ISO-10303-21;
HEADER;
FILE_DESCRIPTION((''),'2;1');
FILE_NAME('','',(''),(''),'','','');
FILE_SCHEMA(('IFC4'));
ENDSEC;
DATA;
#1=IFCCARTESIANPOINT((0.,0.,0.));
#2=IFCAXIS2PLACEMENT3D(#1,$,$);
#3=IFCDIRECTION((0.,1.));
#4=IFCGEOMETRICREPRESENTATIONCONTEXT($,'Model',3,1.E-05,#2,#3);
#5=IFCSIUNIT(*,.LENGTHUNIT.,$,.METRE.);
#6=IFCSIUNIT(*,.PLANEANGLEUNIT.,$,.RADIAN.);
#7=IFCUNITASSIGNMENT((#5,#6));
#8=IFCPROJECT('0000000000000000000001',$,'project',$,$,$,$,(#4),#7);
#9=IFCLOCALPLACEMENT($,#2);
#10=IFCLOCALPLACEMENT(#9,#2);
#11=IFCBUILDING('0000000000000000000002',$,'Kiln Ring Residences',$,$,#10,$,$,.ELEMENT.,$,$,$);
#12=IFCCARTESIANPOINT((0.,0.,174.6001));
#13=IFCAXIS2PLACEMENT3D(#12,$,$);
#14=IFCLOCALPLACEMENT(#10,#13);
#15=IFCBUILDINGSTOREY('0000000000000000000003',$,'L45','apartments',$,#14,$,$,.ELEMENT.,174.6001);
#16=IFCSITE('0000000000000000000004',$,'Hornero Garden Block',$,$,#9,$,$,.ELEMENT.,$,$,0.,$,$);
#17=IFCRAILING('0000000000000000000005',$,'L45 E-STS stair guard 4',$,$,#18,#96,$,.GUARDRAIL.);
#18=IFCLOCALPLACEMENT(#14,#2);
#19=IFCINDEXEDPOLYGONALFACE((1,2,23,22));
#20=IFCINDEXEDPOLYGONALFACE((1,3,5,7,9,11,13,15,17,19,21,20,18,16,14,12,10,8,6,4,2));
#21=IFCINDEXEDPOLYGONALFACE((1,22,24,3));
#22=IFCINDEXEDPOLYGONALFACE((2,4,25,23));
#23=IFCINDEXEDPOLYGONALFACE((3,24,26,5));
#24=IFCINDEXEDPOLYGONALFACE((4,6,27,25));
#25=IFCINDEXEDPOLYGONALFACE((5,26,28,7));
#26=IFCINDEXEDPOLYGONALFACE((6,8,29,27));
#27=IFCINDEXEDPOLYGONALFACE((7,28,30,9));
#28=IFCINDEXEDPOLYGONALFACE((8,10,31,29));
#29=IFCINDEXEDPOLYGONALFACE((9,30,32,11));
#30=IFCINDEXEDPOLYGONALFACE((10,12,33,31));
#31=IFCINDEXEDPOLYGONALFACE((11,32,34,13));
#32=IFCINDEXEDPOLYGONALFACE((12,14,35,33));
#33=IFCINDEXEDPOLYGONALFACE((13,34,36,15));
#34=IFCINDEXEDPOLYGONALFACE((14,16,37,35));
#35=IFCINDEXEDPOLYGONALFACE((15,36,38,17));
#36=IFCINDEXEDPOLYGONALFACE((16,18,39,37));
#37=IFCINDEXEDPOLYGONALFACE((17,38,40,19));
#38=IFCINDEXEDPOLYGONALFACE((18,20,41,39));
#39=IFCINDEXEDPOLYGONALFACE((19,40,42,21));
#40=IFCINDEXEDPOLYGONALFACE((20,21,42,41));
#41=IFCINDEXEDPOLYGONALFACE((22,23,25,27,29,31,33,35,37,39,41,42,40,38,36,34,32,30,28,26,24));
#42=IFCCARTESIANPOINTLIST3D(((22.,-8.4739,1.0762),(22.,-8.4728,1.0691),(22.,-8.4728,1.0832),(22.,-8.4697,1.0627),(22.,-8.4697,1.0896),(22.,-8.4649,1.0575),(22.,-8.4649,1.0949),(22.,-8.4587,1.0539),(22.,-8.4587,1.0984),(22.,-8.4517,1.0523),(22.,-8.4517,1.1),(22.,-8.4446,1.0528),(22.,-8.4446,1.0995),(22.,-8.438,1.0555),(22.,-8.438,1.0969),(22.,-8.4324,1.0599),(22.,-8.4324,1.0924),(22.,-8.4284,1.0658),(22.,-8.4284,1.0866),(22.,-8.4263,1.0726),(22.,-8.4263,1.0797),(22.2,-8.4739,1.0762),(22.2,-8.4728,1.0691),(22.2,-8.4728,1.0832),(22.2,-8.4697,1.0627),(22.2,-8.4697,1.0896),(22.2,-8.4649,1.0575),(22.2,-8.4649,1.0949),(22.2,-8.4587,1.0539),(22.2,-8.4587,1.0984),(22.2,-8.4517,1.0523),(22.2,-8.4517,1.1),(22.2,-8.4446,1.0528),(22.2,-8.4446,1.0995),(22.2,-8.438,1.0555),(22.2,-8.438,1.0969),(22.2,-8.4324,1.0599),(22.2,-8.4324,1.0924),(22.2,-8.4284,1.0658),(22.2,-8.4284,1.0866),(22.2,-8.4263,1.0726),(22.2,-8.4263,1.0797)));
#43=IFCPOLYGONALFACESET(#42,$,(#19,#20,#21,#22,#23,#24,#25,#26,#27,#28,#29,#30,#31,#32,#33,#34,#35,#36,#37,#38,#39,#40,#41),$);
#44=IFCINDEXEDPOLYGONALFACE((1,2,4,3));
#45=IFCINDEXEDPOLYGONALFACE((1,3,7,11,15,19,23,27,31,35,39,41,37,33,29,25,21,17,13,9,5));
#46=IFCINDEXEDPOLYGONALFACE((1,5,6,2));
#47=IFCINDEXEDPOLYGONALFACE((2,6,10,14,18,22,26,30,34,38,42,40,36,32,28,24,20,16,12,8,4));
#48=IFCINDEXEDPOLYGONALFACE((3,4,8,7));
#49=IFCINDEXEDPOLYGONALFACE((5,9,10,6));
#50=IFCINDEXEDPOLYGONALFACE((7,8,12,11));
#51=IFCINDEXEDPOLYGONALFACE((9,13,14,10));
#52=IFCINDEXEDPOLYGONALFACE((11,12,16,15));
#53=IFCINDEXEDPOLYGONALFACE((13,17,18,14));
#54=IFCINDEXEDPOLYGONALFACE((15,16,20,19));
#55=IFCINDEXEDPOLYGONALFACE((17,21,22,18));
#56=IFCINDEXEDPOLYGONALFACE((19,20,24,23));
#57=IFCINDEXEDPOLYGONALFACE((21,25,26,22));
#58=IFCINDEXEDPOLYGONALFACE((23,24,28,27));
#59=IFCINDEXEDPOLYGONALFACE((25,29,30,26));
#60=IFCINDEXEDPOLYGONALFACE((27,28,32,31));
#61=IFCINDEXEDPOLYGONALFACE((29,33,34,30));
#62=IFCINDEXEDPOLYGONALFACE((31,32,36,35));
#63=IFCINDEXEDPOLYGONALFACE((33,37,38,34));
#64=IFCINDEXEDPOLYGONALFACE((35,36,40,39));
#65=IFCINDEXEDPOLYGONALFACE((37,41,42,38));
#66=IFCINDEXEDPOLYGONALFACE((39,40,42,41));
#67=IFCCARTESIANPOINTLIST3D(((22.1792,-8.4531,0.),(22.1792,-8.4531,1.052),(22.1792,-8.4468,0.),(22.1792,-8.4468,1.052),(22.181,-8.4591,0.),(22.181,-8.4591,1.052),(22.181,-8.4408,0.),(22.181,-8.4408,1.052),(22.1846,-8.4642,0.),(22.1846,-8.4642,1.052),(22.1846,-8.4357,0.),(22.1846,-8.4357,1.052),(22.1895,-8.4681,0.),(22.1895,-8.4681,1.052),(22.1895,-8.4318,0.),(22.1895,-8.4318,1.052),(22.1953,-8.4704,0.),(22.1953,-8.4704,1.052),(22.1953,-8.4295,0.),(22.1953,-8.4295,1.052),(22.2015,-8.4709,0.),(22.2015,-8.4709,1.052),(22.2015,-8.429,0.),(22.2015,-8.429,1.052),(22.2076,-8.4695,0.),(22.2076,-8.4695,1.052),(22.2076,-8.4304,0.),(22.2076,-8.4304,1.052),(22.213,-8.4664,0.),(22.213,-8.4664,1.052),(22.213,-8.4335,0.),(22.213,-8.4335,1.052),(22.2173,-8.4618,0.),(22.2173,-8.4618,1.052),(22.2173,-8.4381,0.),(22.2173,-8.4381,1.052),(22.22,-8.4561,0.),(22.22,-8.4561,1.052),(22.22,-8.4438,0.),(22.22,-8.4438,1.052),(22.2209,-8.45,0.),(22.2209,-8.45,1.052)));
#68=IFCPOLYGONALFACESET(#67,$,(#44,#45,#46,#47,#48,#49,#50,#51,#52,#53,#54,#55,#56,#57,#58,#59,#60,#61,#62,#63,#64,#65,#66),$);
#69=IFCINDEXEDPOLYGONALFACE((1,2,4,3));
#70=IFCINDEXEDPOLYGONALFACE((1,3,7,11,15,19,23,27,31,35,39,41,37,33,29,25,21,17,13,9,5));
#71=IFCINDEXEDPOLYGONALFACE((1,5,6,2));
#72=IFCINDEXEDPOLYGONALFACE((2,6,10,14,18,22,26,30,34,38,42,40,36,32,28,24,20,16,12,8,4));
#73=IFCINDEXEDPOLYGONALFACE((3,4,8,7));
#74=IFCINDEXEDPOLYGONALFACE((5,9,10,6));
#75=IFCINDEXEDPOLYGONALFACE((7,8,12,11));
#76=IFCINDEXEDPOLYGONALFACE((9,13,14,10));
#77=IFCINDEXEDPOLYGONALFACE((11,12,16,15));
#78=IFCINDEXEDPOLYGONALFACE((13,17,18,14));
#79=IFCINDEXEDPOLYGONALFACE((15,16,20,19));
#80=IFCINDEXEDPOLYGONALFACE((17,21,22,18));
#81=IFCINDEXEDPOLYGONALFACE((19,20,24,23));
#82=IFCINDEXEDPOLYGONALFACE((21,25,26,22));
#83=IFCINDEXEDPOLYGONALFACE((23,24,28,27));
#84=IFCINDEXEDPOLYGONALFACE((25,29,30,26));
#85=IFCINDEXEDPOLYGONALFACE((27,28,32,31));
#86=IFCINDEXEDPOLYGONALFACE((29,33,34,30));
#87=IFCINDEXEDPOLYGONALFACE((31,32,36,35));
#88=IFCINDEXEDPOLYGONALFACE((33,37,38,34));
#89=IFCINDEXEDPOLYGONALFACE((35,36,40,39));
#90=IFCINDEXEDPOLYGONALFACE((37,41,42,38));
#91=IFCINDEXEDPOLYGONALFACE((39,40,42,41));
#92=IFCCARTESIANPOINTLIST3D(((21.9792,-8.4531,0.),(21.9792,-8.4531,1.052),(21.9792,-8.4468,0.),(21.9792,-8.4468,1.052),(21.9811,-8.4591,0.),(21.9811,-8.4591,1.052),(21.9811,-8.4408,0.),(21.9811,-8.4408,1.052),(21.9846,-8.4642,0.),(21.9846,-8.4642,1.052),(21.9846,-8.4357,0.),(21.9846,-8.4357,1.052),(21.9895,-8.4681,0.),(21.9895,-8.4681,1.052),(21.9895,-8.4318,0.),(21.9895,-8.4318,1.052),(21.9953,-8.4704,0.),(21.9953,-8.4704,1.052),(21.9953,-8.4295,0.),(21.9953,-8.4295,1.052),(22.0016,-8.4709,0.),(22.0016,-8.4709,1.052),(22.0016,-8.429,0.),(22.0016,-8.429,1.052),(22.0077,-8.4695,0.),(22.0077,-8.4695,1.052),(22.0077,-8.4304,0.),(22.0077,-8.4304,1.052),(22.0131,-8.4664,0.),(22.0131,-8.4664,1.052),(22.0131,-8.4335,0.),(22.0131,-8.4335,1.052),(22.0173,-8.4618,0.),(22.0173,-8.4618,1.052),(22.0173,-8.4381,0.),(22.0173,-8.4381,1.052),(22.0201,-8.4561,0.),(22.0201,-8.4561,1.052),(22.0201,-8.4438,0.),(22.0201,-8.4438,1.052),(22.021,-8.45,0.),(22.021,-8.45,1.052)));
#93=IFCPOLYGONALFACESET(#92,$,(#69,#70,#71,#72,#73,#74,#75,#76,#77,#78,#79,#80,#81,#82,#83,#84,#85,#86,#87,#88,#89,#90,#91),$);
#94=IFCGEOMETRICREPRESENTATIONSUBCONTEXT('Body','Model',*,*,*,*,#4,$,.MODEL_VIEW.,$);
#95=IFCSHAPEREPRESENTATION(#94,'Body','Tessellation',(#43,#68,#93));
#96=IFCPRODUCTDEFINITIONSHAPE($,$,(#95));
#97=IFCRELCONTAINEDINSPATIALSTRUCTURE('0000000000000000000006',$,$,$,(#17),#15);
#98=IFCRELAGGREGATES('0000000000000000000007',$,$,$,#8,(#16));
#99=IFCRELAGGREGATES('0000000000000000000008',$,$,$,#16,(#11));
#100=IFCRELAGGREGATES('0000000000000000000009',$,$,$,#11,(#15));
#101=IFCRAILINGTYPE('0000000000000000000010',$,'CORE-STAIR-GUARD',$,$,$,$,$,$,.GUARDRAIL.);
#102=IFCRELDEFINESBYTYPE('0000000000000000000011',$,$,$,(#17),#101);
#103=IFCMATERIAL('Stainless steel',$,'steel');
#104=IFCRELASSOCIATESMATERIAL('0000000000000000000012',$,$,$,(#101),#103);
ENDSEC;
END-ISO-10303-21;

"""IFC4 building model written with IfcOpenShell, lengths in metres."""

from ifc_helpers import new_model, si_unit, direction, frame, origin, origin_2d, place, context, subcontext, project, spatial, circle, extrude, material, type_object, element, save


model = new_model("IFC4")

# Units and contexts
model_context = context("Model", 3, precision=1e-05, world=origin(), true_north=direction((0.0, 1.0)))
body_context = subcontext(model_context, "Body", "Model", "MODEL_VIEW")
ifc_project = project(units=[si_unit("LENGTHUNIT", "METRE"), si_unit("PLANEANGLEUNIT", "RADIAN")], contexts=[model_context])

# Site, building, storey
site_placement = place(None, origin())
site = spatial("IfcSite", under=ifc_project, at=site_placement, Name="Hornero Garden Block", CompositionType="ELEMENT", RefElevation=0.0)
building_placement = place(site_placement, origin())
building = spatial("IfcBuilding", under=site, at=building_placement, Name="Kiln Ring Residences", CompositionType="ELEMENT")
storey_placement = place(building_placement, frame((0.0, 0.0, 174.6001)))
storey = spatial("IfcBuildingStorey", under=building, at=storey_placement, Name="L45", Description="apartments", CompositionType="ELEMENT", Elevation=174.6001)

# Railing
ifc_material_1 = material(Name="Stainless steel", Category="steel")
railing_type_1 = type_object("IfcRailingType", Name="CORE-STAIR-GUARD", PredefinedType="GUARDRAIL", material=ifc_material_1)
railing_1_placement = place(storey_placement, frame((22.2, -8.45, 0.0)))
element("IfcRailing", 1, at=railing_1_placement, inside=storey, type_object=railing_type_1, Name="L45 E-STS stair guard 4", PredefinedType="GUARDRAIL", context=body_context, shape_type="SweptSolid", body=[
    extrude(circle(Radius=0.0239, at=origin_2d()), frame((0.0, 0.0, 1.0762), z_axis=(-1.0, 0.0, 0.0), x_axis=(0.0, -1.0, 0.0)), (0.0, 0.0, 1.0), 0.2),
    extrude(circle(Radius=0.021, at=origin_2d()), origin(), (0.0, 0.0, 1.0), 1.052),
    extrude(circle(Radius=0.021, at=origin_2d()), frame((-0.2, 0.0, 0.0)), (0.0, 0.0, 1.0), 1.052),
])

save(model, "model.ifc")
